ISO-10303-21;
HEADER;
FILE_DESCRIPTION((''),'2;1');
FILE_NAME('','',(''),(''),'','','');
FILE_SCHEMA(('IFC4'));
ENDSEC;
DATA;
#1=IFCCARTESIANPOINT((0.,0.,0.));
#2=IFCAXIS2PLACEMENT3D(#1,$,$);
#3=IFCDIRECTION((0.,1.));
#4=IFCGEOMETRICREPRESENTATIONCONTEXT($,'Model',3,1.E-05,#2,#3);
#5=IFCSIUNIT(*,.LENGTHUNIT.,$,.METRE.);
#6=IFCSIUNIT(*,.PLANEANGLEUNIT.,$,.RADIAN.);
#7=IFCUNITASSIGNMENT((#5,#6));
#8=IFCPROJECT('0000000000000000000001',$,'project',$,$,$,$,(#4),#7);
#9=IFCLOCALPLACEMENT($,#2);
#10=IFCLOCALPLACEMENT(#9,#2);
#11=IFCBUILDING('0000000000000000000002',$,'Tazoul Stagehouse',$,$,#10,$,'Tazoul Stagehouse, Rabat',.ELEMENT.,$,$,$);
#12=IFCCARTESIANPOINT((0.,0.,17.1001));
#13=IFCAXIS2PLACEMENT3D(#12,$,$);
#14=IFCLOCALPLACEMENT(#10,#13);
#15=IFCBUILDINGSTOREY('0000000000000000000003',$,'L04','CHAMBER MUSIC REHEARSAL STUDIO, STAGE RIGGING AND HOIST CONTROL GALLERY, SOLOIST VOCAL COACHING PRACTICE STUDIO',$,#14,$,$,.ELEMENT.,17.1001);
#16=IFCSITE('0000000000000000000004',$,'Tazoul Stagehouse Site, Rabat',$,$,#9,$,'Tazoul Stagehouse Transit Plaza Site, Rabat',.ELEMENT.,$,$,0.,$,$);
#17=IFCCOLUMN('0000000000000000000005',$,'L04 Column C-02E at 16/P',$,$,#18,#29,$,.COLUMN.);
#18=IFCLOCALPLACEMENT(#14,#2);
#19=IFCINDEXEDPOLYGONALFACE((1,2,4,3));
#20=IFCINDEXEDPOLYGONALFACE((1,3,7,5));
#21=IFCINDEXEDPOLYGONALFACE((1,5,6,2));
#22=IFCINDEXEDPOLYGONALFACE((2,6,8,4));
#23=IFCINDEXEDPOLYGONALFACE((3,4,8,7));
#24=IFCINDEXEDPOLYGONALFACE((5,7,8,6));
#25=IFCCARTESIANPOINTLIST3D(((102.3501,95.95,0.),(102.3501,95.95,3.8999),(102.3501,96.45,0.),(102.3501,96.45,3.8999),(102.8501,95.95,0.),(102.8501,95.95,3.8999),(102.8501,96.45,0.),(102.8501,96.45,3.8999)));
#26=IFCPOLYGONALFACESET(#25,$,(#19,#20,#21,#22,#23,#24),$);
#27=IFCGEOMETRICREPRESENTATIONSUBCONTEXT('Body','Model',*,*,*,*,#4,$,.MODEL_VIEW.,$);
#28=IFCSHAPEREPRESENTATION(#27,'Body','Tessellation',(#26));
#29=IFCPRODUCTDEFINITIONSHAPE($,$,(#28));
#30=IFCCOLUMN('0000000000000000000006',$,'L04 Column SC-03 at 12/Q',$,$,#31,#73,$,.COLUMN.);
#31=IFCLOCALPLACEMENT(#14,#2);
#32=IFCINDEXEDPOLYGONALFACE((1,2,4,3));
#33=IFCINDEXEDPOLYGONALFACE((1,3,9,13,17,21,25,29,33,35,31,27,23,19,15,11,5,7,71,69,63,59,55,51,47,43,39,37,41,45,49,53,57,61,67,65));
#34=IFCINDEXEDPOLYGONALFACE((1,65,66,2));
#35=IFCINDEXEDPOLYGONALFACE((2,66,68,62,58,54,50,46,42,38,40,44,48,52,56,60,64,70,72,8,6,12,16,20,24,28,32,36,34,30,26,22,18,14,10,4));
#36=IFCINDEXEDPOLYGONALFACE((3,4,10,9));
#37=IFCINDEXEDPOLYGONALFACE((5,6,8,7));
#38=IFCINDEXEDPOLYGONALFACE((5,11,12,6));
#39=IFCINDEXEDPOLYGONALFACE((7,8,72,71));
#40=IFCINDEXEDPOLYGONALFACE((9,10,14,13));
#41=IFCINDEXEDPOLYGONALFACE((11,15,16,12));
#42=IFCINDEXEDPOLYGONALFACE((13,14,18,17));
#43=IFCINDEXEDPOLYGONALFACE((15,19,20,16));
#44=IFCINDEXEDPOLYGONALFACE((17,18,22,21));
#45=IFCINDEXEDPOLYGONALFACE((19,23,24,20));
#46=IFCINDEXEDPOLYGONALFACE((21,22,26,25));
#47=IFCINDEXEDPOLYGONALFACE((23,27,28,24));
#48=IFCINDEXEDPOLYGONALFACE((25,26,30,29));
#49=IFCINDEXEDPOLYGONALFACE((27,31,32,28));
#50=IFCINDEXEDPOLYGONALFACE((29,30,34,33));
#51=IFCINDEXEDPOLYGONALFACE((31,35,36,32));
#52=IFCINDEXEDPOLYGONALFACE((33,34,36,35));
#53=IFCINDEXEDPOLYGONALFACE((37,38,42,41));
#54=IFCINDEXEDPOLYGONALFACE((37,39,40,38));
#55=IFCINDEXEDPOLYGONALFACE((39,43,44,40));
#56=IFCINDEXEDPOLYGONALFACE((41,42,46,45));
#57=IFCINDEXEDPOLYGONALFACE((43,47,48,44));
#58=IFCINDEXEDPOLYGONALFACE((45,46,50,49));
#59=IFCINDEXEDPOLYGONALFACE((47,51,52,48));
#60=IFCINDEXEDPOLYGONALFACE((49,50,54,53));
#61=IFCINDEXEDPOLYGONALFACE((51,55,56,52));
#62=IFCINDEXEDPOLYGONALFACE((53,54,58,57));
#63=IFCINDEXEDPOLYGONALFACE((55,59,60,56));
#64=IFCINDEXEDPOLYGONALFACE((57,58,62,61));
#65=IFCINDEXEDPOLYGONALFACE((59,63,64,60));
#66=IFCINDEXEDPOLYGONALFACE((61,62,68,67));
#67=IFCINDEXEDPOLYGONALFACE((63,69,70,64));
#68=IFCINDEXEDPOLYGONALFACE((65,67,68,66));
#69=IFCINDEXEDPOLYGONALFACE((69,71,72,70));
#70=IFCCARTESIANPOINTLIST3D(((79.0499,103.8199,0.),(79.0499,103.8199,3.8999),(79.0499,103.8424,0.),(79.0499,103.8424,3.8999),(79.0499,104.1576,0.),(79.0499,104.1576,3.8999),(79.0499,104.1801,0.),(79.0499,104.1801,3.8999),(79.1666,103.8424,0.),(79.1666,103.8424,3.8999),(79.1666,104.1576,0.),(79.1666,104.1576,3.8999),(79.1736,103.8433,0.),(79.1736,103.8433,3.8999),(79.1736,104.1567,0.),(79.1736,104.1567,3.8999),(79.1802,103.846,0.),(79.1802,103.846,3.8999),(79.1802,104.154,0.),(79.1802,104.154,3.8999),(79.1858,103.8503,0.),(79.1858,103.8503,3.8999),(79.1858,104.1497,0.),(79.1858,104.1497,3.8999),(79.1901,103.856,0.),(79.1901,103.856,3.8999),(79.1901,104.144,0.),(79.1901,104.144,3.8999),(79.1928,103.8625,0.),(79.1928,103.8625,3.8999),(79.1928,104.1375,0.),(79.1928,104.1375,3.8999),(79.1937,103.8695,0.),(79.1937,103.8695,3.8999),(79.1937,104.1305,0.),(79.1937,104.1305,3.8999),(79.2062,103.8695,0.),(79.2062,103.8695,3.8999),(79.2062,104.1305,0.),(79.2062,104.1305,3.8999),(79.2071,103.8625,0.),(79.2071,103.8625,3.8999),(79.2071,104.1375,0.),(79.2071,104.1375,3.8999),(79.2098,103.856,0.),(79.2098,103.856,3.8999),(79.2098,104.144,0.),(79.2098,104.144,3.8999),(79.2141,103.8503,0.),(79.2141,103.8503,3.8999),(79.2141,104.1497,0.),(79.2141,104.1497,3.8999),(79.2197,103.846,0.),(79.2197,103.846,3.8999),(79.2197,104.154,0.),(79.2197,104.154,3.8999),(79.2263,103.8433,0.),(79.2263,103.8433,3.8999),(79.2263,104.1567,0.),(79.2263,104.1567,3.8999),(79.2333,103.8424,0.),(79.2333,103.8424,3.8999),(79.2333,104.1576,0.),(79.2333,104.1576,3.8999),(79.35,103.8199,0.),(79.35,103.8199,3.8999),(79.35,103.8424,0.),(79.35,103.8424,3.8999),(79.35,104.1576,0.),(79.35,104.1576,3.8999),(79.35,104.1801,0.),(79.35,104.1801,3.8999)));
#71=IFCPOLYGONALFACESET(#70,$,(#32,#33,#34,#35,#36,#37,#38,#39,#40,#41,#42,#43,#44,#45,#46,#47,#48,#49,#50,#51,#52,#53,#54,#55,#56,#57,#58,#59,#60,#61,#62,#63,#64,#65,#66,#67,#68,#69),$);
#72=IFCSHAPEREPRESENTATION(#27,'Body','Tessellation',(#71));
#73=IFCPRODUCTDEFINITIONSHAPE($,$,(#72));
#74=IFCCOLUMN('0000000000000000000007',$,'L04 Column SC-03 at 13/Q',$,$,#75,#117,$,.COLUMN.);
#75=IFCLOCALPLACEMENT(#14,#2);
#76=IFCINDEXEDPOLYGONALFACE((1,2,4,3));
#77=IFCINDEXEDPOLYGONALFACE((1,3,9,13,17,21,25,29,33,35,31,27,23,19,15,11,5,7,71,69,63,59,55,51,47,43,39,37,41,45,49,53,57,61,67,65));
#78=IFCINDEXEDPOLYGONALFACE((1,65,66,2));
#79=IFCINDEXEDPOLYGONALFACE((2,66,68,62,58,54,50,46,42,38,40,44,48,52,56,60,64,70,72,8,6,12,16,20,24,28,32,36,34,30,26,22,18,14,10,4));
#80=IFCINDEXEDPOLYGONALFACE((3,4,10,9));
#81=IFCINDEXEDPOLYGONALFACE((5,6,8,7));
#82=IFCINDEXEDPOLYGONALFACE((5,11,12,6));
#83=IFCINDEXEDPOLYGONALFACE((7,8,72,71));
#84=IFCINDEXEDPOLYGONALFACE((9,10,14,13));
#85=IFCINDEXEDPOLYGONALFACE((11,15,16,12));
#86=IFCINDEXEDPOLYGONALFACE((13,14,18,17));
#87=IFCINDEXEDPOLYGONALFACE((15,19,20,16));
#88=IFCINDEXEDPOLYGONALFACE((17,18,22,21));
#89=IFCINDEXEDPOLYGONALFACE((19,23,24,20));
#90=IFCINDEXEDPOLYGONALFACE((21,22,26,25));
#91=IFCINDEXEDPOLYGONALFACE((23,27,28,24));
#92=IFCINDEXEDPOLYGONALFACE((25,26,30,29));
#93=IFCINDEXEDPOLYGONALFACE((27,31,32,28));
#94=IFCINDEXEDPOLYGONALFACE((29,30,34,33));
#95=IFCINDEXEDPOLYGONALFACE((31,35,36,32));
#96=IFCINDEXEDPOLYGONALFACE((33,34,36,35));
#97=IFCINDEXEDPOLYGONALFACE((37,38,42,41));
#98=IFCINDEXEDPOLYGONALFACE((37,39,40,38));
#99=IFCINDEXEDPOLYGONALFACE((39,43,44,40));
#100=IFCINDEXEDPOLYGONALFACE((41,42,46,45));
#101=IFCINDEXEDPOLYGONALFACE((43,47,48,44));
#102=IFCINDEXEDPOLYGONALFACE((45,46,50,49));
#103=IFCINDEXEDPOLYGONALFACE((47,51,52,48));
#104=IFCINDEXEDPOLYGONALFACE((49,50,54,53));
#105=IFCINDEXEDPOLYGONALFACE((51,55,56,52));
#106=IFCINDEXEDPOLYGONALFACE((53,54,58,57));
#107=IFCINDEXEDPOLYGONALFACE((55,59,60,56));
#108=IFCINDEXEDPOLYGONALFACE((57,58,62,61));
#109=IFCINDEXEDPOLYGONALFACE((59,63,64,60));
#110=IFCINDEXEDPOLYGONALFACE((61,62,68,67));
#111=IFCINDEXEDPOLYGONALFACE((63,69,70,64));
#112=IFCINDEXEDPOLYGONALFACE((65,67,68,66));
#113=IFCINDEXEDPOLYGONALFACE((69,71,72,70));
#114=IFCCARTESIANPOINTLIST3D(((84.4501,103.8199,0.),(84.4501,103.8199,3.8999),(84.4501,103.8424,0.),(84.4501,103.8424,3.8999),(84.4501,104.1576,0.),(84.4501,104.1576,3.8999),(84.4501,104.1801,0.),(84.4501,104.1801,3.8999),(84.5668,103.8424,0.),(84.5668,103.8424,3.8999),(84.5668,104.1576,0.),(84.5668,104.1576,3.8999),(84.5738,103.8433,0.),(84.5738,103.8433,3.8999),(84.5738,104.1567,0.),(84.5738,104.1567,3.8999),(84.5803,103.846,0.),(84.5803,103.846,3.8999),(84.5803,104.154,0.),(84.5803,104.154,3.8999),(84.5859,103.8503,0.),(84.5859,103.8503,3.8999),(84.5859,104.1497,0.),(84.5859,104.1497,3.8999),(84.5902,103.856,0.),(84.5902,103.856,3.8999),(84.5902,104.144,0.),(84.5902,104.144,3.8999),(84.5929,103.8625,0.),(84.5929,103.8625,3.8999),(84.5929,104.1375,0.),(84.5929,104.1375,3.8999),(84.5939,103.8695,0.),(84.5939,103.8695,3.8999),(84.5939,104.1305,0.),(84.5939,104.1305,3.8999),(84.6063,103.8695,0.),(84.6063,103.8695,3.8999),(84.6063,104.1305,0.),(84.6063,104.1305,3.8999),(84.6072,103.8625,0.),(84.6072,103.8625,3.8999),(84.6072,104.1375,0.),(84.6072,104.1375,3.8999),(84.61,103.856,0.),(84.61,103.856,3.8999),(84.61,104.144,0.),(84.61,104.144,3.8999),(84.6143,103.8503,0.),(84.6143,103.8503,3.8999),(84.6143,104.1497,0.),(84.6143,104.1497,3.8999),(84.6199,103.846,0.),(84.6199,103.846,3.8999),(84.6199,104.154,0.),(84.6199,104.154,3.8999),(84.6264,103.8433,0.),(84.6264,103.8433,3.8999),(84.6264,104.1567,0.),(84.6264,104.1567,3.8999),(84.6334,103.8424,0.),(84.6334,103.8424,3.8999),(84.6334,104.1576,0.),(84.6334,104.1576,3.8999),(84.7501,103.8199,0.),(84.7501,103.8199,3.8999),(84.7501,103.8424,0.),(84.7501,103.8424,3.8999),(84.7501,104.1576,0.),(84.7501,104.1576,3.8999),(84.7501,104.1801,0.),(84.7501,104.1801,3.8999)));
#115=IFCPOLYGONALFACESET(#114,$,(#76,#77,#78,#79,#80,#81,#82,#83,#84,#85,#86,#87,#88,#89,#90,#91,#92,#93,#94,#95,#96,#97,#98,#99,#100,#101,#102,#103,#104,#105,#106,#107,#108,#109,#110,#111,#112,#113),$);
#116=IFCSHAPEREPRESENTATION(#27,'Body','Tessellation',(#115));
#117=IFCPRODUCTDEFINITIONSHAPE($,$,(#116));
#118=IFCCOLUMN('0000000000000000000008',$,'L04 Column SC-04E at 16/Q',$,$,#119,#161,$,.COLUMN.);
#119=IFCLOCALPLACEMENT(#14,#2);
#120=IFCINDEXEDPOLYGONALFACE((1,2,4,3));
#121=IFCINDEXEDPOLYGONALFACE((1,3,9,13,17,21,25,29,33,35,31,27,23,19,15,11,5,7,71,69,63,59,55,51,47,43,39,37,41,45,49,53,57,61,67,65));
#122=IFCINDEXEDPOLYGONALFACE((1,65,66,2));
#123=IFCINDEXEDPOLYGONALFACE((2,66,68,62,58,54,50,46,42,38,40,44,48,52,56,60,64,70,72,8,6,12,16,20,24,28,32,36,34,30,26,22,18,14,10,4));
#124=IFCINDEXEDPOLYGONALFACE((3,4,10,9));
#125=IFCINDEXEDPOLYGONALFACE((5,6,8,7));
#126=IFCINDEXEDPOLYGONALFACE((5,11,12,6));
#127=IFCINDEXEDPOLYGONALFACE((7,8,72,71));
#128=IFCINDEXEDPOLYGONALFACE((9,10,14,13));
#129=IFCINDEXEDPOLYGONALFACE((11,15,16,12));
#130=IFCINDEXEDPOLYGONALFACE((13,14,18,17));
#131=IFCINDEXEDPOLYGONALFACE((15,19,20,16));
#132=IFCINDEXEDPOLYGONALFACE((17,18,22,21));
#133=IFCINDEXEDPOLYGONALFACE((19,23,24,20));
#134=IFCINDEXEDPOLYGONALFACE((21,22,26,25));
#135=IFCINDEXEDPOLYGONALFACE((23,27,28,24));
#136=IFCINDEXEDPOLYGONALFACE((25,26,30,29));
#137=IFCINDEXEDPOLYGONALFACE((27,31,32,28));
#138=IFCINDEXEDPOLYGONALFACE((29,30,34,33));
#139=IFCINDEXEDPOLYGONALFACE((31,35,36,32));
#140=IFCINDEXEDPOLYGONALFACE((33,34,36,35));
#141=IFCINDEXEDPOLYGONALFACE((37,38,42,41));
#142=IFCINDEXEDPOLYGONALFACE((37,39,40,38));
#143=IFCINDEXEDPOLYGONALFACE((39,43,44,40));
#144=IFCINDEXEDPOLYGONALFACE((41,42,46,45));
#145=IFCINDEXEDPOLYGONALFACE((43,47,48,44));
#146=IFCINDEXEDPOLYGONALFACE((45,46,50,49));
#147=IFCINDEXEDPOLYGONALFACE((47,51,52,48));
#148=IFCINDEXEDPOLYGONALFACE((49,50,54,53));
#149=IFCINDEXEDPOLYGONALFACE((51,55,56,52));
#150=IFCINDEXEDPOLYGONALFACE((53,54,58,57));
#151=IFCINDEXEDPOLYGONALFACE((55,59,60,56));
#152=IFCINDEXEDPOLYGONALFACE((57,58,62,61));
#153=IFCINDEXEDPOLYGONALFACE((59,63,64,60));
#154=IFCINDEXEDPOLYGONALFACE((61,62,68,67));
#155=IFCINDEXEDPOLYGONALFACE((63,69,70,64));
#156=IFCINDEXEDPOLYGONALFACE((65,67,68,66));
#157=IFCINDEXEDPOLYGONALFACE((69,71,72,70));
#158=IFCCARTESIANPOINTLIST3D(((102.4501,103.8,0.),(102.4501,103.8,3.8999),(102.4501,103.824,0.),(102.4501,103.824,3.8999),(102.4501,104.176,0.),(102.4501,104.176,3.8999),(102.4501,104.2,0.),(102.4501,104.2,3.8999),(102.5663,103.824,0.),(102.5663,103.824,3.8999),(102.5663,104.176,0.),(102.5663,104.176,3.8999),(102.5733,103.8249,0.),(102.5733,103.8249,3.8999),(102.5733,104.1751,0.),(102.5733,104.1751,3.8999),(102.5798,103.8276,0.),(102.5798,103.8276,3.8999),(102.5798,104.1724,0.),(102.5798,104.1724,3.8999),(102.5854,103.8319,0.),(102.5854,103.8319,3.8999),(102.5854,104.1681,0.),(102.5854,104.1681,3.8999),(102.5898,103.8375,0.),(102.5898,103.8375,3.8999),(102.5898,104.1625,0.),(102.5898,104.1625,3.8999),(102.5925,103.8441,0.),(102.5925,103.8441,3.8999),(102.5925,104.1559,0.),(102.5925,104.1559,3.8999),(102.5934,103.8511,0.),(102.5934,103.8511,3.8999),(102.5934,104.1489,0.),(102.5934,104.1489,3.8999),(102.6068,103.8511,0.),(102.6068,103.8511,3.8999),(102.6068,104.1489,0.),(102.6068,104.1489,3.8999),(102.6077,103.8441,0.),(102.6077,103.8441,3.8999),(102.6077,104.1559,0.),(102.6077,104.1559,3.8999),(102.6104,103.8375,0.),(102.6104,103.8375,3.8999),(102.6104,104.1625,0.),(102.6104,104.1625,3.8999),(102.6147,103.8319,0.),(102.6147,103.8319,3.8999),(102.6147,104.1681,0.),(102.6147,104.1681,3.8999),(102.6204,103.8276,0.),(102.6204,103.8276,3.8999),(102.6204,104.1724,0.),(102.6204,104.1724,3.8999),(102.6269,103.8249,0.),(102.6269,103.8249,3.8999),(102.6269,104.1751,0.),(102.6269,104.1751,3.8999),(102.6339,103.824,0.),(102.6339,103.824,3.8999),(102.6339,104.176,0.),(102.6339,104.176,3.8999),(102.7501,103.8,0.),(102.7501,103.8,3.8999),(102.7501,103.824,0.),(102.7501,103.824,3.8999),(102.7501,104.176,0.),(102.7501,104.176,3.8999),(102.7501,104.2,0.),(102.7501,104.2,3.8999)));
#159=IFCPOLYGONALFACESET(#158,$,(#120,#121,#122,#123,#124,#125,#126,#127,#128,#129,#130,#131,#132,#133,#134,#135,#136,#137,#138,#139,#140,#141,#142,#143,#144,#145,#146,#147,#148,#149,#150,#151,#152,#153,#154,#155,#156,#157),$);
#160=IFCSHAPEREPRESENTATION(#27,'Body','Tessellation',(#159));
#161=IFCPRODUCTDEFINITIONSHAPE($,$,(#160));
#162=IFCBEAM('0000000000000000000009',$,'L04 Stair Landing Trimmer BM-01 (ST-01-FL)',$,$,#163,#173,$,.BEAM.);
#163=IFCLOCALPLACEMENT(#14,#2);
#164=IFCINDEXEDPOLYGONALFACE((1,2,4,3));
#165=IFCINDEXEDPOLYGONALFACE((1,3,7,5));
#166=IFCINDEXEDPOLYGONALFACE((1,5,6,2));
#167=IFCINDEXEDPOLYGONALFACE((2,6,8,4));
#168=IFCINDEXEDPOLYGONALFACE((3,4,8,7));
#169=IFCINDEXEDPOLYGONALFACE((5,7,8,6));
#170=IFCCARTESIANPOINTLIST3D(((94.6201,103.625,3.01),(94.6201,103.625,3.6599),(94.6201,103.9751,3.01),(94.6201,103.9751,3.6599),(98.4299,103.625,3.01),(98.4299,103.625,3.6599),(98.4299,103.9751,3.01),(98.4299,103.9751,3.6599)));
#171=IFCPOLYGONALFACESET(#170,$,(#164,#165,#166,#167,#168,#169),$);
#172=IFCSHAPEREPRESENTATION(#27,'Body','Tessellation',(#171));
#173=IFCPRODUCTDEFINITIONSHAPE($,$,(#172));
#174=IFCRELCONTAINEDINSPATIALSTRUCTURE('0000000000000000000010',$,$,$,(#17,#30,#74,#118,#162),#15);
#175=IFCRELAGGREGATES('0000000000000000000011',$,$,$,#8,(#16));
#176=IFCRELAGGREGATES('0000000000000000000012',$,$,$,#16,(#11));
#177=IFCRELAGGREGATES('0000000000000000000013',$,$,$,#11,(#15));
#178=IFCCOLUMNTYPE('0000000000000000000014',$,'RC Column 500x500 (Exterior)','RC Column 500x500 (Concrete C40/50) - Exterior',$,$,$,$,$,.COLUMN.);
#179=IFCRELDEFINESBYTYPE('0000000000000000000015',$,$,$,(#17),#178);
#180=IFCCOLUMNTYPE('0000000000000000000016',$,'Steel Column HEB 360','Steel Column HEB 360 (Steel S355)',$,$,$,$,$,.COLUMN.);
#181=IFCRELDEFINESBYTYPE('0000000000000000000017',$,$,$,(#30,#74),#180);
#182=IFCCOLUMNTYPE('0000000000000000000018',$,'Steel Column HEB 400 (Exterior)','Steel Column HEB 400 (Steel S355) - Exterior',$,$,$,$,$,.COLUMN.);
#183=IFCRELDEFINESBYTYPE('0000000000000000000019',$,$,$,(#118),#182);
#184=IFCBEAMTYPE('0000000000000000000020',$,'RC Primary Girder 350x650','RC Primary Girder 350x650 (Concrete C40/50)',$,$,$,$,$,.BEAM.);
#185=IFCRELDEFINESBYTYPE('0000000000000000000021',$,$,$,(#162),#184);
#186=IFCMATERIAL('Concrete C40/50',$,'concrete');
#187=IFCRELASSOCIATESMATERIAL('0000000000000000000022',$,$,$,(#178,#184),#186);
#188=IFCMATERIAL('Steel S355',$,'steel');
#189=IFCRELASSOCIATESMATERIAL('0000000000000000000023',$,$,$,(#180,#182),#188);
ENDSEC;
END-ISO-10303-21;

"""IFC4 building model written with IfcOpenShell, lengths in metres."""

from ifc_helpers import new_model, si_unit, direction, frame, origin, origin_2d, place, context, subcontext, project, spatial, rectangle, i_section, extrude, material, material_profile, profile_set, type_object, element, save


model = new_model("IFC4")

# Units and contexts
model_context = context("Model", 3, precision=1e-05, world=origin(), true_north=direction((0.0, 1.0)))
body_context = subcontext(model_context, "Body", "Model", "MODEL_VIEW")
ifc_project = project(units=[si_unit("LENGTHUNIT", "METRE"), si_unit("PLANEANGLEUNIT", "RADIAN")], contexts=[model_context])

# Site, building, storey
site_placement = place(None, origin())
site = spatial("IfcSite", under=ifc_project, at=site_placement, Name="Tazoul Stagehouse Site, Rabat", LongName="Tazoul Stagehouse Transit Plaza Site, Rabat", CompositionType="ELEMENT", RefElevation=0.0)
building_placement = place(site_placement, origin())
building = spatial("IfcBuilding", under=site, at=building_placement, Name="Tazoul Stagehouse", LongName="Tazoul Stagehouse, Rabat", CompositionType="ELEMENT")
storey_placement = place(building_placement, frame((0.0, 0.0, 17.1001)))
storey = spatial("IfcBuildingStorey", under=building, at=storey_placement, Name="L04", Description="CHAMBER MUSIC REHEARSAL STUDIO, STAGE RIGGING AND HOIST CONTROL GALLERY, SOLOIST VOCAL COACHING PRACTICE STUDIO", CompositionType="ELEMENT", Elevation=17.1001)

# Columns
ifc_material_1 = material(Name="Concrete C40/50", Category="concrete")
ifc_material_profile_1 = material_profile(ifc_material_1, rectangle(XDim=0.5, YDim=0.5, at=origin_2d()), Name="RC 500x500")
ifc_profile_set_1 = profile_set([ifc_material_profile_1], Name="Concrete C40/50")
column_type_1 = type_object("IfcColumnType", Name="RC Column 500x500 (Exterior)", Description="RC Column 500x500 (Concrete C40/50) - Exterior", PredefinedType="COLUMN", material=ifc_profile_set_1)
column_1_placement = place(storey_placement, frame((102.6001, 96.2, 0.0), z_axis=(0.0, 0.0, 1.0), x_axis=(1.0, 0.0, 0.0)))
element("IfcColumn", 1, at=column_1_placement, inside=storey, type_object=column_type_1, Name="L04 Column C-02E at 16/P", PredefinedType="COLUMN", context=body_context, shape_type="SweptSolid", body=[
    extrude(rectangle(XDim=0.5, YDim=0.5, at=origin_2d()), origin(), (0.0, 0.0, 1.0), 3.8999),
])
ifc_material_2 = material(Name="Steel S355", Category="steel")
ifc_material_profile_2 = material_profile(ifc_material_2, i_section(OverallWidth=0.3, OverallDepth=0.3601, WebThickness=0.0125, FlangeThickness=0.0225, FilletRadius=0.0271, at=origin_2d()), Name="HEB 360")
ifc_profile_set_2 = profile_set([ifc_material_profile_2], Name="Steel S355")
column_type_2 = type_object("IfcColumnType", Name="Steel Column HEB 360", Description="Steel Column HEB 360 (Steel S355)", PredefinedType="COLUMN", material=ifc_profile_set_2)
for number, where, z_axis, x_axis, name in (
    (2, (79.2, 104.0, 0.0), (0.0, 0.0, 1.0), (1.0, 0.0, 0.0), "L04 Column SC-03 at 12/Q"),
    (3, (84.6001, 104.0, 0.0), (0.0, 0.0, 1.0), (1.0, 0.0, 0.0), "L04 Column SC-03 at 13/Q"),
):
    element("IfcColumn", number, at=place(storey_placement, frame(where, z_axis=z_axis, x_axis=x_axis)), inside=storey, type_object=column_type_2, Name=name, PredefinedType="COLUMN", context=body_context, shape_type="SweptSolid", body=[
        extrude(i_section(OverallWidth=0.3, OverallDepth=0.3601, WebThickness=0.0125, FlangeThickness=0.0225, FilletRadius=0.0271, at=origin_2d()), origin(), (0.0, 0.0, 1.0), 3.8999),
    ])
ifc_material_profile_3 = material_profile(ifc_material_2, i_section(OverallWidth=0.3, OverallDepth=0.3999, WebThickness=0.0134, FlangeThickness=0.0239, FilletRadius=0.0271, at=origin_2d()), Name="HEB 400")
ifc_profile_set_3 = profile_set([ifc_material_profile_3], Name="Steel S355")
column_type_3 = type_object("IfcColumnType", Name="Steel Column HEB 400 (Exterior)", Description="Steel Column HEB 400 (Steel S355) - Exterior", PredefinedType="COLUMN", material=ifc_profile_set_3)
column_2_placement = place(storey_placement, frame((102.6001, 104.0, 0.0), z_axis=(0.0, 0.0, 1.0), x_axis=(1.0, 0.0, 0.0)))
element("IfcColumn", 4, at=column_2_placement, inside=storey, type_object=column_type_3, Name="L04 Column SC-04E at 16/Q", PredefinedType="COLUMN", context=body_context, shape_type="SweptSolid", body=[
    extrude(i_section(OverallWidth=0.3, OverallDepth=0.3999, WebThickness=0.0134, FlangeThickness=0.0239, FilletRadius=0.0271, at=origin_2d()), origin(), (0.0, 0.0, 1.0), 3.8999),
])

# Beam
ifc_material_profile_4 = material_profile(ifc_material_1, rectangle(XDim=0.3501, YDim=0.6499, at=origin_2d()), Name="RC 350x650")
ifc_profile_set_4 = profile_set([ifc_material_profile_4], Name="Concrete C40/50")
beam_type_1 = type_object("IfcBeamType", Name="RC Primary Girder 350x650", Description="RC Primary Girder 350x650 (Concrete C40/50)", PredefinedType="BEAM", material=ifc_profile_set_4)
beam_1_placement = place(storey_placement, frame((94.6201, 103.8, 3.335), z_axis=(1.0, 0.0, 0.0), x_axis=(0.0, 1.0, 0.0)))
element("IfcBeam", 5, at=beam_1_placement, inside=storey, type_object=beam_type_1, Name="L04 Stair Landing Trimmer BM-01 (ST-01-FL)", PredefinedType="BEAM", context=body_context, shape_type="SweptSolid", body=[
    extrude(rectangle(XDim=0.3501, YDim=0.6499, at=origin_2d()), origin(), (0.0, 0.0, 1.0), 3.8098),
])

save(model, "model.ifc")
